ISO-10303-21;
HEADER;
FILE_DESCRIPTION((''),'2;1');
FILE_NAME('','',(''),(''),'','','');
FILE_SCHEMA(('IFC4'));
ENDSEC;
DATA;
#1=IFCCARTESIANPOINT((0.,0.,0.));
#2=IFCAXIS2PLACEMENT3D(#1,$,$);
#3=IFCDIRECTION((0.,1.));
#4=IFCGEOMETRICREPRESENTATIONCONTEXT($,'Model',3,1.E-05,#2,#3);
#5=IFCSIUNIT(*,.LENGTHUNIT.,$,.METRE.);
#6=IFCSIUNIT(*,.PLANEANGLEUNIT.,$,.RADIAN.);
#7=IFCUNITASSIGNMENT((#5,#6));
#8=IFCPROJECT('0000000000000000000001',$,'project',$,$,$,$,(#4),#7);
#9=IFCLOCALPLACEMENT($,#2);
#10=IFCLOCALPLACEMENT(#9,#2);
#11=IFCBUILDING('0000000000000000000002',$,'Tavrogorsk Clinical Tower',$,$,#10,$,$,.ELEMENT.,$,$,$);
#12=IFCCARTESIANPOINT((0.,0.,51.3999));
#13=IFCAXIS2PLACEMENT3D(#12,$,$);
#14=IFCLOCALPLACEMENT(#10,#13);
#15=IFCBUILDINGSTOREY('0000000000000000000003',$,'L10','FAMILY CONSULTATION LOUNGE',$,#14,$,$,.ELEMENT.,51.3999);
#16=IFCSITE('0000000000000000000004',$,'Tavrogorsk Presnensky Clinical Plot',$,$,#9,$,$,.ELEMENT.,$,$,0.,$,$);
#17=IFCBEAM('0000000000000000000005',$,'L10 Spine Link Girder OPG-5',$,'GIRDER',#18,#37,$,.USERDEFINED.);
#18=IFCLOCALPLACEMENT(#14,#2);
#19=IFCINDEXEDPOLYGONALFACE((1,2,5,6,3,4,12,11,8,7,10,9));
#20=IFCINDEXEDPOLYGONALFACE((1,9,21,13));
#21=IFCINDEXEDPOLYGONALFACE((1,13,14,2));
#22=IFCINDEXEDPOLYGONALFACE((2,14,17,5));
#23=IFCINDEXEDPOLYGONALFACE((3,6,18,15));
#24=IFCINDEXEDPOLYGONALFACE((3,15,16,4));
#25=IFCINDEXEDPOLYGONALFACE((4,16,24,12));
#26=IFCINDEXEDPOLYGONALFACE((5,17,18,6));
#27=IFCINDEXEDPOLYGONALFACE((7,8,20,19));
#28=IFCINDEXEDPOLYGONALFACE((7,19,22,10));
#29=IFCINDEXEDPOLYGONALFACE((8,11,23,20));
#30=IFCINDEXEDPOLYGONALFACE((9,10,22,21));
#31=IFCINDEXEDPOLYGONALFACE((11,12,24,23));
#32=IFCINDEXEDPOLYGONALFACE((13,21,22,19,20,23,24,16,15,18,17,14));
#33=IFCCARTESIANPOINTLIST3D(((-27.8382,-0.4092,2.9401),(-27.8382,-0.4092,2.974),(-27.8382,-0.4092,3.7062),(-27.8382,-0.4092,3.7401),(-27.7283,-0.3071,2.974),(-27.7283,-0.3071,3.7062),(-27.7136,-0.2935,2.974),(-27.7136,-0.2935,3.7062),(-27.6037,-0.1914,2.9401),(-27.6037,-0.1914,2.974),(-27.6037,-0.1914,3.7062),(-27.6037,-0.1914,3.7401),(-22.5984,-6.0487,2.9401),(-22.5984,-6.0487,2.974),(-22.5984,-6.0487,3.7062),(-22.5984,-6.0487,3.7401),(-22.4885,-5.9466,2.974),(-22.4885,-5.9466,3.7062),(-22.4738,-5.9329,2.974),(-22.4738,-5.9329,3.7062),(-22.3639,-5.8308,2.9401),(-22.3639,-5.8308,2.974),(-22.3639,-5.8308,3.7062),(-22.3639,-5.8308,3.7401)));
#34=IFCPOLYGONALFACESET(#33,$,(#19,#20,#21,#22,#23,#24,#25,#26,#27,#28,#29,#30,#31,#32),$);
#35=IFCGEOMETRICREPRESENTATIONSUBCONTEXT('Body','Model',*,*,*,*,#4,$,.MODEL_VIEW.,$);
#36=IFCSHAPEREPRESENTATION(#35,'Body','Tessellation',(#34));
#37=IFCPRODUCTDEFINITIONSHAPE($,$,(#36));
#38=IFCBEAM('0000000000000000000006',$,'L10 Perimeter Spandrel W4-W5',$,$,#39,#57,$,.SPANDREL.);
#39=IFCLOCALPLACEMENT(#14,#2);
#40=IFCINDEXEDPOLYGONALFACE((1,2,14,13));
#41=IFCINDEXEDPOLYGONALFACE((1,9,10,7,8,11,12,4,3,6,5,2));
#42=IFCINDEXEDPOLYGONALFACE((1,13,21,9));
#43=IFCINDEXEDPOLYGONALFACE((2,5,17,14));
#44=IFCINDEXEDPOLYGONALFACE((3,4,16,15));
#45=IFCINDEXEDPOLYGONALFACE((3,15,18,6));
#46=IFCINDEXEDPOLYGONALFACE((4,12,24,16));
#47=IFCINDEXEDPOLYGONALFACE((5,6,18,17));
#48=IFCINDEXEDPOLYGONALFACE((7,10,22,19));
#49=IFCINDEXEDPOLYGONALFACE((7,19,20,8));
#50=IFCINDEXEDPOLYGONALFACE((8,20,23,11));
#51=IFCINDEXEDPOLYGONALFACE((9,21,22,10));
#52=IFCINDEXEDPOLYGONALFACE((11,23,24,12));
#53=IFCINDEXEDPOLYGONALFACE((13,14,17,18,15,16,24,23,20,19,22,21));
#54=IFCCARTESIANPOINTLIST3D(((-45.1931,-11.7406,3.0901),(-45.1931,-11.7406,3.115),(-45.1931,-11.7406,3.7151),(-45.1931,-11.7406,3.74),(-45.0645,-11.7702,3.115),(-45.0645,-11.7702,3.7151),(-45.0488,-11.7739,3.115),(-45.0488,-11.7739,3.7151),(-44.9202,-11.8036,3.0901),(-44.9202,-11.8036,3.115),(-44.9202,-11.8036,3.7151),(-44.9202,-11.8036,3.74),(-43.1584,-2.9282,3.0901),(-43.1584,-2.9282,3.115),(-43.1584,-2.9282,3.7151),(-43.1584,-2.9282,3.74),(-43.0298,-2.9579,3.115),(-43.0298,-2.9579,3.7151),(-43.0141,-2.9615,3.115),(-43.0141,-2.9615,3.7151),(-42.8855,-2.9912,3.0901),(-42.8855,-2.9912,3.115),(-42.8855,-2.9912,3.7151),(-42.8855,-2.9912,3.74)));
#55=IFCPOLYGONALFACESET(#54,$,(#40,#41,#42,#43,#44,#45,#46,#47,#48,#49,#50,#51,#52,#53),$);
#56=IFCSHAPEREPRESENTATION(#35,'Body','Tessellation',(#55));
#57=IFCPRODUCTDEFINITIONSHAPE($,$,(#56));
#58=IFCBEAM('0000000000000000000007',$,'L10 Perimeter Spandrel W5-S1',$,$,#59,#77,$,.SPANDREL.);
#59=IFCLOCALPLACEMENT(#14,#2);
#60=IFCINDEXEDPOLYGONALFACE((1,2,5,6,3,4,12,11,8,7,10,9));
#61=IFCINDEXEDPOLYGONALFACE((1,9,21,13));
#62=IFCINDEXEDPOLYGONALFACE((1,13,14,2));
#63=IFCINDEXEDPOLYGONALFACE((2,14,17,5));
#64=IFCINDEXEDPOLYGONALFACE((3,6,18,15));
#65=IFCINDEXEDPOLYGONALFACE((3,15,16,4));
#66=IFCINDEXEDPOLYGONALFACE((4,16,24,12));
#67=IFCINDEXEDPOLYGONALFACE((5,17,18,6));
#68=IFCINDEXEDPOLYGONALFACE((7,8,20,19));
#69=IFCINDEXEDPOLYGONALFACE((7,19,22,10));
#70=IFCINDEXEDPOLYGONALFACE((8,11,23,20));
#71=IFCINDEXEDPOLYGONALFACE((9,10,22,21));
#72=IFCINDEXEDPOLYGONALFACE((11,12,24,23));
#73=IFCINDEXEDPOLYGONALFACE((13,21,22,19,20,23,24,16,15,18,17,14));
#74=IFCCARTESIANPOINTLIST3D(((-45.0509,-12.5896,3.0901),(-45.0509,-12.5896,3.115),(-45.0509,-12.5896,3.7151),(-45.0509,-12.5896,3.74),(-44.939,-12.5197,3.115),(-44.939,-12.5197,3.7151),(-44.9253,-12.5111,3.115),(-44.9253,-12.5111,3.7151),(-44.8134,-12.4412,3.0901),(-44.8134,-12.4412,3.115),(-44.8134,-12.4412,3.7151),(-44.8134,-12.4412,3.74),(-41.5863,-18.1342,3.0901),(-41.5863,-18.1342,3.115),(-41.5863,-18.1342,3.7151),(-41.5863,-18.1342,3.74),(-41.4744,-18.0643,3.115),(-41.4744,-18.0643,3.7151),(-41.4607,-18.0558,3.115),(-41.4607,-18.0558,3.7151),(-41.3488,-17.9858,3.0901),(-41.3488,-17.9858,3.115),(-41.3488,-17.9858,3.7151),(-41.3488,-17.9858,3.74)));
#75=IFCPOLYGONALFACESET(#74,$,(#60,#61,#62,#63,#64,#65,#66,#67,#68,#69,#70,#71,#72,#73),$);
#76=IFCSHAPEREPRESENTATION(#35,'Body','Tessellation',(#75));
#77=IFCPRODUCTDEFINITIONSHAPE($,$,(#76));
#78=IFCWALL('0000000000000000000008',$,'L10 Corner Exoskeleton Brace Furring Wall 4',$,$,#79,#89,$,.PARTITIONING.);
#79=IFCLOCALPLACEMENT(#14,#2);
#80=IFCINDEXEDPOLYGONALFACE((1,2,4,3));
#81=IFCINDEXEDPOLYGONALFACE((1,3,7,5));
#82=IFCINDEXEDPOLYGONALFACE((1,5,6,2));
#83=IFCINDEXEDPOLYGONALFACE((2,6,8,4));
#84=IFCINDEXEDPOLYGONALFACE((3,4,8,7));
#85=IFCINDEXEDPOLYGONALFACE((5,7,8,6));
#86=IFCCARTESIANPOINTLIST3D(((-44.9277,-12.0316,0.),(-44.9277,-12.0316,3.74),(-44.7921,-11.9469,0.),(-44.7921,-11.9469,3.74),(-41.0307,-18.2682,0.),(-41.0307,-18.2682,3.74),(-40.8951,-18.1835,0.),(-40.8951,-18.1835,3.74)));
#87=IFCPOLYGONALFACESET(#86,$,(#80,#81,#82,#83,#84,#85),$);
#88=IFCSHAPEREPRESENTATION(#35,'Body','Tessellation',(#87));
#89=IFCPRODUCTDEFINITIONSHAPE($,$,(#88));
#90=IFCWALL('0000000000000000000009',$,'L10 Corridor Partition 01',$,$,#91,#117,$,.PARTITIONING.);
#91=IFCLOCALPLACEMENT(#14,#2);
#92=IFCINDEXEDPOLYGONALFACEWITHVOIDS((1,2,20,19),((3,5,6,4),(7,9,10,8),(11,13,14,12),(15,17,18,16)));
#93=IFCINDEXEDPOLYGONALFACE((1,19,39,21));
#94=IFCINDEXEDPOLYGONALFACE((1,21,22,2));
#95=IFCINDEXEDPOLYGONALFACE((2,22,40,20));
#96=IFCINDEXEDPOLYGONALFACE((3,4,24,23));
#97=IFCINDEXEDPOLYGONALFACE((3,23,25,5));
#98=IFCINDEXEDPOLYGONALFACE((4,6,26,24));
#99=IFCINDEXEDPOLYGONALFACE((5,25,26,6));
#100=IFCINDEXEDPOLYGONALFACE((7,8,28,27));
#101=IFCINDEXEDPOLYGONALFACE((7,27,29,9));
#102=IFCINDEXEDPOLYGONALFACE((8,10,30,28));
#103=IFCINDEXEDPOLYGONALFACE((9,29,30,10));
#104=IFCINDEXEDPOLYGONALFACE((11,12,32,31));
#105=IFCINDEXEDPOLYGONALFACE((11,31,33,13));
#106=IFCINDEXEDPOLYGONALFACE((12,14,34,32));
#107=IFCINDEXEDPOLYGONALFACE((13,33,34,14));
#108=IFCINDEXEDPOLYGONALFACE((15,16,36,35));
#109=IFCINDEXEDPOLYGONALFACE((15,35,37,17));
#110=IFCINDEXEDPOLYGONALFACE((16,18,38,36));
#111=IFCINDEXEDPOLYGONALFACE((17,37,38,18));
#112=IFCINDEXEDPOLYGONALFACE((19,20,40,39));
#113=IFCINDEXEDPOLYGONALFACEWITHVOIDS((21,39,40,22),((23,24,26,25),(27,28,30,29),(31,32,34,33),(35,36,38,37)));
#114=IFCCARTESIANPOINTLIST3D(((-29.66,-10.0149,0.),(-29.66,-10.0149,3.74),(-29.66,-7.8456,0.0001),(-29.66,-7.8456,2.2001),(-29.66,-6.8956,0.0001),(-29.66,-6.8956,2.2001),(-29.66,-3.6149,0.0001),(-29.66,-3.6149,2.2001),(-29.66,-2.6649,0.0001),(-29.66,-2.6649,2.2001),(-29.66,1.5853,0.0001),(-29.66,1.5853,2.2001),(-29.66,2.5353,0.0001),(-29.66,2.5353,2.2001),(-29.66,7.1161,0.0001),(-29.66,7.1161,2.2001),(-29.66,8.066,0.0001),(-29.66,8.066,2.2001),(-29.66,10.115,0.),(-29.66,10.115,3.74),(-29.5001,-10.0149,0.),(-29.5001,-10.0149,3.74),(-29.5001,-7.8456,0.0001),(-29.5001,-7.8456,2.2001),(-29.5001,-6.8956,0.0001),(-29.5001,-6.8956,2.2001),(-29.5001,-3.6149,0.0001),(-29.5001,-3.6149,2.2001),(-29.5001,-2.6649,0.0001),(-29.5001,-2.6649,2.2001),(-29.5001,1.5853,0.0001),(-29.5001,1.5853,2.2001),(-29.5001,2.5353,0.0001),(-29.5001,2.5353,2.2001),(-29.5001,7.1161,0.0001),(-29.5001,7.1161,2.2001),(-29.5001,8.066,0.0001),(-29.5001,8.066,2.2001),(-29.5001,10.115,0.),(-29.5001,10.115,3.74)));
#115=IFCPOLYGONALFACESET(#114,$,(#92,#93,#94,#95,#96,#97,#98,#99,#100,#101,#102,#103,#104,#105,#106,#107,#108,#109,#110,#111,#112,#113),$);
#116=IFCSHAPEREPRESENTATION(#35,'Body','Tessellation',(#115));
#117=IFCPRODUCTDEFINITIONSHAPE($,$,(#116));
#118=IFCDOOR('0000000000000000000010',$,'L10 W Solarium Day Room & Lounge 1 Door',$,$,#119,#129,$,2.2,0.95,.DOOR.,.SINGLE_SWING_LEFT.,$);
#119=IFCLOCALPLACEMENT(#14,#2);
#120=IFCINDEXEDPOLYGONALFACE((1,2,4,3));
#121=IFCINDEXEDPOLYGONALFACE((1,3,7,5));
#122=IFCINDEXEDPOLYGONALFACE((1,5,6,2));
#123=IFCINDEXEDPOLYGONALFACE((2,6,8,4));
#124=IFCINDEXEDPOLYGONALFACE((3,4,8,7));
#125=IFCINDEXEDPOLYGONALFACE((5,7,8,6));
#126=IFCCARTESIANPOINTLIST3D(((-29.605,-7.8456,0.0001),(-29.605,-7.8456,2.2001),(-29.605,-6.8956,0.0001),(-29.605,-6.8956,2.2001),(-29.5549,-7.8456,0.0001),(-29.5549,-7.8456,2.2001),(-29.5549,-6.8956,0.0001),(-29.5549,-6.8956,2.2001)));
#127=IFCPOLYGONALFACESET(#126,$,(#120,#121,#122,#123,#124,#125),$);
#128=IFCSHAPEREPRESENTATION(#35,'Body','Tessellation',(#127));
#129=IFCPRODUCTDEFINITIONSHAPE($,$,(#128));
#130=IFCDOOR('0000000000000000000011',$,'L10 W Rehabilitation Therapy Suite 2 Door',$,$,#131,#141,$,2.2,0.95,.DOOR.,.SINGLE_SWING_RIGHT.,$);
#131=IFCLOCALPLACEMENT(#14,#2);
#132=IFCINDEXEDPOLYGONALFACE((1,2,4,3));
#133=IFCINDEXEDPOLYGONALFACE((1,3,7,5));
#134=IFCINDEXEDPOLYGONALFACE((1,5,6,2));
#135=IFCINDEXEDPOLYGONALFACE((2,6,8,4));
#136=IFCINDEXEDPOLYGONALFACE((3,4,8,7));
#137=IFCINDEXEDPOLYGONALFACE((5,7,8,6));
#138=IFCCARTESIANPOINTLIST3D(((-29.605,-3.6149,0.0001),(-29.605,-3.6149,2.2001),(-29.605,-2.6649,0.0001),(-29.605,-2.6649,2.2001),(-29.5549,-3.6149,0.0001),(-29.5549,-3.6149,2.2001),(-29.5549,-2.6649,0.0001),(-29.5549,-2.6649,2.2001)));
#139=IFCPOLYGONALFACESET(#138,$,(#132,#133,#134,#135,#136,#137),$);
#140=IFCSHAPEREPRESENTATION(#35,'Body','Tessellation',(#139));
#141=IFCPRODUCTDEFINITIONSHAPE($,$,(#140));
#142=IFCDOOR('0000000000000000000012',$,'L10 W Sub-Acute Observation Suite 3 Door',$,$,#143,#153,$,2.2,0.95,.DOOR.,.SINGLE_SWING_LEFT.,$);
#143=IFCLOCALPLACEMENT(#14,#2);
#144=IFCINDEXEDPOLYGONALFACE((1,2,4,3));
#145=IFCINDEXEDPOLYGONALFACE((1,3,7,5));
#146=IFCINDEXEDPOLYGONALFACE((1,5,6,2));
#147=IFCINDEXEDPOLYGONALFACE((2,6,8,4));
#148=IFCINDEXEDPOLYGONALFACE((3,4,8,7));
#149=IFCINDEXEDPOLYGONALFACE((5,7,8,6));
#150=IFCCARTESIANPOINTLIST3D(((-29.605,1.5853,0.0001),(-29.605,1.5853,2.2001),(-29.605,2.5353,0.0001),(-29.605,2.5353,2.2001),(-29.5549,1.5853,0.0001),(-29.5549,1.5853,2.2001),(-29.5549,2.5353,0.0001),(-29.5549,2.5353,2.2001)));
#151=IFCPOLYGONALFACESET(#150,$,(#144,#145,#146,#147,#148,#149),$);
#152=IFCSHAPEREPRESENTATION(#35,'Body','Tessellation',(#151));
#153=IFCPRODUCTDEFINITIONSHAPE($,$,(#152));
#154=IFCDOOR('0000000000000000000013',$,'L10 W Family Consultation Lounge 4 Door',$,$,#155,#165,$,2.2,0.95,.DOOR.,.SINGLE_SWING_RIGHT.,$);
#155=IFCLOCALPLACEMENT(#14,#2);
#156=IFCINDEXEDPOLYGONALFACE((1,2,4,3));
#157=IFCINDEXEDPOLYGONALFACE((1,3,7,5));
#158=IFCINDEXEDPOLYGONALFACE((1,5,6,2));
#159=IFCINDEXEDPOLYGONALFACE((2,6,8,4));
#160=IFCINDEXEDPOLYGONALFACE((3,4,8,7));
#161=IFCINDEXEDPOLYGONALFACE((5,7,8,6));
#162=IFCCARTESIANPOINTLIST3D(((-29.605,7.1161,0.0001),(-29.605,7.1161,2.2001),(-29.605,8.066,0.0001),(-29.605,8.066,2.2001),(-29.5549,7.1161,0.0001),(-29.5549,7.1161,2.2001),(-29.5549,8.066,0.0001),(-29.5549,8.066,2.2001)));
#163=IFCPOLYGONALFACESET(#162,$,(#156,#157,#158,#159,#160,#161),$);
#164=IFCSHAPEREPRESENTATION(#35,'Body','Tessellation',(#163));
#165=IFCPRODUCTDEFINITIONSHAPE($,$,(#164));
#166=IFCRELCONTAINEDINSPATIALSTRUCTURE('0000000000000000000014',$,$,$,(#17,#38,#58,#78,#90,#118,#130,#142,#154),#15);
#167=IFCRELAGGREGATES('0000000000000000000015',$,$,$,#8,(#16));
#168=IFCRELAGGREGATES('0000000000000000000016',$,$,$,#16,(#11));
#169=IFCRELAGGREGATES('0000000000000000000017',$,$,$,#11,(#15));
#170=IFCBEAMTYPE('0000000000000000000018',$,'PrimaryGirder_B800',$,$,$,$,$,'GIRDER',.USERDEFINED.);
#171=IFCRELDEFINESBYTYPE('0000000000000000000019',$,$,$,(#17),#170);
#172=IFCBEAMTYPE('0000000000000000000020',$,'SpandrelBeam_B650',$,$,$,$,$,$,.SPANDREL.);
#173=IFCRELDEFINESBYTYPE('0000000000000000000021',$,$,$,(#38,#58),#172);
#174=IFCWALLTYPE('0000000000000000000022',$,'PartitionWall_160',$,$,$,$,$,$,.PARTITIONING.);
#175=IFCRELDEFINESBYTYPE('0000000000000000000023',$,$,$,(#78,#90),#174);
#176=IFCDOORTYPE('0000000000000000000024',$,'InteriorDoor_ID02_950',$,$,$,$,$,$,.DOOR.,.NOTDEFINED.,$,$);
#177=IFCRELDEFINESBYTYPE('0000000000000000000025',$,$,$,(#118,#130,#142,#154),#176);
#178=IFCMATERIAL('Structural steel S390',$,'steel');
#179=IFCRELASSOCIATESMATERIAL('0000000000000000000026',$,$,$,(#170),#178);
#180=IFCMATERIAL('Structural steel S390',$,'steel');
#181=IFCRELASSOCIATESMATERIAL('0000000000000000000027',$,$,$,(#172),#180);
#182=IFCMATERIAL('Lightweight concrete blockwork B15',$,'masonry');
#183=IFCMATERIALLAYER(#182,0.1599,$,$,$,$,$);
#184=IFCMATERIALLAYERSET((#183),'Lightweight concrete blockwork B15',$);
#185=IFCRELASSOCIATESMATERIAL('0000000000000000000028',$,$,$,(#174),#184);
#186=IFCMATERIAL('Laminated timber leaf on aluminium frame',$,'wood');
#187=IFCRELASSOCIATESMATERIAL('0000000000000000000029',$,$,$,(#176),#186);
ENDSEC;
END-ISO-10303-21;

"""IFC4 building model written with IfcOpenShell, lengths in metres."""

from ifc_helpers import new_model, si_unit, direction, frame, frame_2d, origin, origin_2d, place, context, subcontext, project, spatial, rectangle, i_section, extrude, material, layer, layer_set, material_profile, profile_set, type_object, element, fill, save


model = new_model("IFC4")

# Units and contexts
model_context = context("Model", 3, precision=1e-05, world=origin(), true_north=direction((0.0, 1.0)))
body_context = subcontext(model_context, "Body", "Model", "MODEL_VIEW")
ifc_project = project(units=[si_unit("LENGTHUNIT", "METRE"), si_unit("PLANEANGLEUNIT", "RADIAN")], contexts=[model_context])

# Site, building, storey
site_placement = place(None, origin())
site = spatial("IfcSite", under=ifc_project, at=site_placement, Name="Tavrogorsk Presnensky Clinical Plot", CompositionType="ELEMENT", RefElevation=0.0)
building_placement = place(site_placement, origin())
building = spatial("IfcBuilding", under=site, at=building_placement, Name="Tavrogorsk Clinical Tower", CompositionType="ELEMENT")
storey_placement = place(building_placement, frame((0.0, 0.0, 51.3999)))
storey = spatial("IfcBuildingStorey", under=building, at=storey_placement, Name="L10", Description="FAMILY CONSULTATION LOUNGE", CompositionType="ELEMENT", Elevation=51.3999)

# Beams
ifc_material_1 = material(Name="Structural steel S390", Category="steel")
ifc_material_profile_1 = material_profile(ifc_material_1, i_section(OverallWidth=0.3201, OverallDepth=0.8, WebThickness=0.02, FlangeThickness=0.0339, at=origin_2d()), Name="B-800x320x20x34")
ifc_profile_set_1 = profile_set([ifc_material_profile_1], Name="Structural steel S390")
beam_type_1 = type_object("IfcBeamType", Name="PrimaryGirder_B800", ElementType="GIRDER", PredefinedType="USERDEFINED", material=ifc_profile_set_1)
beam_1_placement = place(storey_placement, frame((-27.7209, -0.3003, 3.3401), z_axis=(0.680671, -0.732589, 0.0), x_axis=(0.732589, 0.680671, 0.0)))
element("IfcBeam", 1, at=beam_1_placement, inside=storey, type_object=beam_type_1, Name="L10 Spine Link Girder OPG-5", ObjectType="GIRDER", PredefinedType="USERDEFINED", context=body_context, shape_type="SweptSolid", body=[
    extrude(i_section(OverallWidth=0.3201, OverallDepth=0.8, WebThickness=0.02, FlangeThickness=0.0339, at=origin_2d()), origin(), (0.0, 0.0, 1.0), 7.698),
])
ifc_material_2 = material(Name="Structural steel S390", Category="steel")
ifc_material_profile_2 = material_profile(ifc_material_2, i_section(OverallWidth=0.28, OverallDepth=0.6499, WebThickness=0.0161, FlangeThickness=0.0249, at=origin_2d()), Name="B-650x280x16x25")
ifc_profile_set_2 = profile_set([ifc_material_profile_2], Name="Structural steel S390")
beam_type_2 = type_object("IfcBeamType", Name="SpandrelBeam_B650", PredefinedType="SPANDREL", material=ifc_profile_set_2)
beam_2_placement = place(storey_placement, frame((-43.022, -2.9597, 3.415), z_axis=(-0.224972, -0.974365, 0.0), x_axis=(0.974365, -0.224972, 0.0)))
element("IfcBeam", 2, at=beam_2_placement, inside=storey, type_object=beam_type_2, Name="L10 Perimeter Spandrel W4-W5", PredefinedType="SPANDREL", context=body_context, shape_type="SweptSolid", body=[
    extrude(i_section(OverallWidth=0.28, OverallDepth=0.6499, WebThickness=0.0161, FlangeThickness=0.0249, at=origin_2d()), origin(), (0.0, 0.0, 1.0), 9.0442),
])
beam_3_placement = place(storey_placement, frame((-44.9321, -12.5154, 3.415), z_axis=(0.529908, -0.848055, 0.0), x_axis=(0.848055, 0.529908, 0.0)))
element("IfcBeam", 3, at=beam_3_placement, inside=storey, type_object=beam_type_2, Name="L10 Perimeter Spandrel W5-S1", PredefinedType="SPANDREL", context=body_context, shape_type="SweptSolid", body=[
    extrude(i_section(OverallWidth=0.28, OverallDepth=0.6499, WebThickness=0.0161, FlangeThickness=0.0249, at=origin_2d()), origin(), (0.0, 0.0, 1.0), 6.5381),
])

# Wall
ifc_material_3 = material(Name="Lightweight concrete blockwork B15", Category="masonry")
ifc_layer_1 = layer(ifc_material_3, 0.1599)
ifc_layer_set_1 = layer_set([ifc_layer_1], Name="Lightweight concrete blockwork B15")
wall_type_1 = type_object("IfcWallType", Name="PartitionWall_160", PredefinedType="PARTITIONING", material=ifc_layer_set_1)
wall_1_placement = place(storey_placement, frame((-44.8599, -11.9893, 0.0), z_axis=(0.0, 0.0, 1.0), x_axis=(0.529912, -0.848052, 0.0)))
element("IfcWall", 4, at=wall_1_placement, inside=storey, type_object=wall_type_1, Name="L10 Corner Exoskeleton Brace Furring Wall 4", PredefinedType="PARTITIONING", context=body_context, shape_type="SweptSolid", body=[
    extrude(rectangle(XDim=7.354, YDim=0.1599, at=frame_2d((3.677, 0.0))), origin(), (0.0, 0.0, 1.0), 3.74),
])

# Wall, openings, doors
wall_2_placement = place(storey_placement, frame((-29.5801, -10.0149, 0.0), z_axis=(0.0, 0.0, 1.0), x_axis=(0.0, 1.0, 0.0)))
wall_2 = element("IfcWall", 5, at=wall_2_placement, inside=storey, type_object=wall_type_1, Name="L10 Corridor Partition 01", PredefinedType="PARTITIONING", context=body_context, shape_type="SweptSolid", body=[
    extrude(rectangle(XDim=20.1299, YDim=0.1599, at=frame_2d((10.0649, 0.0))), origin(), (0.0, 0.0, 1.0), 3.74),
])
opening_1_placement = place(wall_2_placement, frame((2.1692, 0.0, 0.0)))
opening_1 = element("IfcOpeningElement", 6, at=opening_1_placement, cuts=wall_2, PredefinedType="OPENING", context=body_context, shape_type="SweptSolid", body=[
    extrude(rectangle(XDim=0.95, YDim=2.2, at=frame_2d((0.4751, 1.1001))), frame((0.0, 0.0898, 0.0), z_axis=(0.0, -1.0, 0.0), x_axis=(1.0, 0.0, 0.0)), (0.0, 0.0, 1.0), 0.1799),
])
opening_2_placement = place(wall_2_placement, frame((6.3999, 0.0, 0.0)))
opening_2 = element("IfcOpeningElement", 7, at=opening_2_placement, cuts=wall_2, PredefinedType="OPENING", context=body_context, shape_type="SweptSolid", body=[
    extrude(rectangle(XDim=0.95, YDim=2.2, at=frame_2d((0.4751, 1.1001))), frame((0.0, 0.0898, 0.0), z_axis=(0.0, -1.0, 0.0), x_axis=(1.0, 0.0, 0.0)), (0.0, 0.0, 1.0), 0.1799),
])
opening_3_placement = place(wall_2_placement, frame((11.6001, 0.0, 0.0)))
opening_3 = element("IfcOpeningElement", 8, at=opening_3_placement, cuts=wall_2, PredefinedType="OPENING", context=body_context, shape_type="SweptSolid", body=[
    extrude(rectangle(XDim=0.95, YDim=2.2, at=frame_2d((0.4751, 1.1001))), frame((0.0, 0.0898, 0.0), z_axis=(0.0, -1.0, 0.0), x_axis=(1.0, 0.0, 0.0)), (0.0, 0.0, 1.0), 0.1799),
])
opening_4_placement = place(wall_2_placement, frame((17.1309, 0.0, 0.0)))
opening_4 = element("IfcOpeningElement", 9, at=opening_4_placement, cuts=wall_2, PredefinedType="OPENING", context=body_context, shape_type="SweptSolid", body=[
    extrude(rectangle(XDim=0.95, YDim=2.2, at=frame_2d((0.4751, 1.1001))), frame((0.0, 0.0898, 0.0), z_axis=(0.0, -1.0, 0.0), x_axis=(1.0, 0.0, 0.0)), (0.0, 0.0, 1.0), 0.1799),
])
ifc_material_4 = material(Name="Laminated timber leaf on aluminium frame", Category="wood")
door_type = type_object("IfcDoorType", Name="InteriorDoor_ID02_950", OperationType="NOTDEFINED", PredefinedType="DOOR", material=ifc_material_4)
door_1_placement = place(opening_1_placement, origin())
door_1 = element("IfcDoor", 10, at=door_1_placement, inside=storey, type_object=door_type, Name="L10 W Solarium Day Room & Lounge 1 Door", OperationType="SINGLE_SWING_LEFT", OverallHeight=2.2, OverallWidth=0.95, PredefinedType="DOOR", context=body_context, shape_type="SweptSolid", body=[
    extrude(rectangle(XDim=0.95, YDim=2.2, at=frame_2d((0.4751, 1.1001))), frame((0.0, 0.0249, 0.0), z_axis=(0.0, -1.0, 0.0), x_axis=(1.0, 0.0, 0.0)), (0.0, 0.0, 1.0), 0.05),
])
fill(opening_1, door_1)
door_2_placement = place(opening_2_placement, origin())
door_2 = element("IfcDoor", 11, at=door_2_placement, inside=storey, type_object=door_type, Name="L10 W Rehabilitation Therapy Suite 2 Door", OperationType="SINGLE_SWING_RIGHT", OverallHeight=2.2, OverallWidth=0.95, PredefinedType="DOOR", context=body_context, shape_type="SweptSolid", body=[
    extrude(rectangle(XDim=0.95, YDim=2.2, at=frame_2d((0.4751, 1.1001))), frame((0.0, 0.0249, 0.0), z_axis=(0.0, -1.0, 0.0), x_axis=(1.0, 0.0, 0.0)), (0.0, 0.0, 1.0), 0.05),
])
fill(opening_2, door_2)
door_3_placement = place(opening_3_placement, origin())
door_3 = element("IfcDoor", 12, at=door_3_placement, inside=storey, type_object=door_type, Name="L10 W Sub-Acute Observation Suite 3 Door", OperationType="SINGLE_SWING_LEFT", OverallHeight=2.2, OverallWidth=0.95, PredefinedType="DOOR", context=body_context, shape_type="SweptSolid", body=[
    extrude(rectangle(XDim=0.95, YDim=2.2, at=frame_2d((0.4751, 1.1001))), frame((0.0, 0.0249, 0.0), z_axis=(0.0, -1.0, 0.0), x_axis=(1.0, 0.0, 0.0)), (0.0, 0.0, 1.0), 0.05),
])
fill(opening_3, door_3)
door_4_placement = place(opening_4_placement, origin())
door_4 = element("IfcDoor", 13, at=door_4_placement, inside=storey, type_object=door_type, Name="L10 W Family Consultation Lounge 4 Door", OperationType="SINGLE_SWING_RIGHT", OverallHeight=2.2, OverallWidth=0.95, PredefinedType="DOOR", context=body_context, shape_type="SweptSolid", body=[
    extrude(rectangle(XDim=0.95, YDim=2.2, at=frame_2d((0.4751, 1.1001))), frame((0.0, 0.0249, 0.0), z_axis=(0.0, -1.0, 0.0), x_axis=(1.0, 0.0, 0.0)), (0.0, 0.0, 1.0), 0.05),
])
fill(opening_4, door_4)

save(model, "model.ifc")
